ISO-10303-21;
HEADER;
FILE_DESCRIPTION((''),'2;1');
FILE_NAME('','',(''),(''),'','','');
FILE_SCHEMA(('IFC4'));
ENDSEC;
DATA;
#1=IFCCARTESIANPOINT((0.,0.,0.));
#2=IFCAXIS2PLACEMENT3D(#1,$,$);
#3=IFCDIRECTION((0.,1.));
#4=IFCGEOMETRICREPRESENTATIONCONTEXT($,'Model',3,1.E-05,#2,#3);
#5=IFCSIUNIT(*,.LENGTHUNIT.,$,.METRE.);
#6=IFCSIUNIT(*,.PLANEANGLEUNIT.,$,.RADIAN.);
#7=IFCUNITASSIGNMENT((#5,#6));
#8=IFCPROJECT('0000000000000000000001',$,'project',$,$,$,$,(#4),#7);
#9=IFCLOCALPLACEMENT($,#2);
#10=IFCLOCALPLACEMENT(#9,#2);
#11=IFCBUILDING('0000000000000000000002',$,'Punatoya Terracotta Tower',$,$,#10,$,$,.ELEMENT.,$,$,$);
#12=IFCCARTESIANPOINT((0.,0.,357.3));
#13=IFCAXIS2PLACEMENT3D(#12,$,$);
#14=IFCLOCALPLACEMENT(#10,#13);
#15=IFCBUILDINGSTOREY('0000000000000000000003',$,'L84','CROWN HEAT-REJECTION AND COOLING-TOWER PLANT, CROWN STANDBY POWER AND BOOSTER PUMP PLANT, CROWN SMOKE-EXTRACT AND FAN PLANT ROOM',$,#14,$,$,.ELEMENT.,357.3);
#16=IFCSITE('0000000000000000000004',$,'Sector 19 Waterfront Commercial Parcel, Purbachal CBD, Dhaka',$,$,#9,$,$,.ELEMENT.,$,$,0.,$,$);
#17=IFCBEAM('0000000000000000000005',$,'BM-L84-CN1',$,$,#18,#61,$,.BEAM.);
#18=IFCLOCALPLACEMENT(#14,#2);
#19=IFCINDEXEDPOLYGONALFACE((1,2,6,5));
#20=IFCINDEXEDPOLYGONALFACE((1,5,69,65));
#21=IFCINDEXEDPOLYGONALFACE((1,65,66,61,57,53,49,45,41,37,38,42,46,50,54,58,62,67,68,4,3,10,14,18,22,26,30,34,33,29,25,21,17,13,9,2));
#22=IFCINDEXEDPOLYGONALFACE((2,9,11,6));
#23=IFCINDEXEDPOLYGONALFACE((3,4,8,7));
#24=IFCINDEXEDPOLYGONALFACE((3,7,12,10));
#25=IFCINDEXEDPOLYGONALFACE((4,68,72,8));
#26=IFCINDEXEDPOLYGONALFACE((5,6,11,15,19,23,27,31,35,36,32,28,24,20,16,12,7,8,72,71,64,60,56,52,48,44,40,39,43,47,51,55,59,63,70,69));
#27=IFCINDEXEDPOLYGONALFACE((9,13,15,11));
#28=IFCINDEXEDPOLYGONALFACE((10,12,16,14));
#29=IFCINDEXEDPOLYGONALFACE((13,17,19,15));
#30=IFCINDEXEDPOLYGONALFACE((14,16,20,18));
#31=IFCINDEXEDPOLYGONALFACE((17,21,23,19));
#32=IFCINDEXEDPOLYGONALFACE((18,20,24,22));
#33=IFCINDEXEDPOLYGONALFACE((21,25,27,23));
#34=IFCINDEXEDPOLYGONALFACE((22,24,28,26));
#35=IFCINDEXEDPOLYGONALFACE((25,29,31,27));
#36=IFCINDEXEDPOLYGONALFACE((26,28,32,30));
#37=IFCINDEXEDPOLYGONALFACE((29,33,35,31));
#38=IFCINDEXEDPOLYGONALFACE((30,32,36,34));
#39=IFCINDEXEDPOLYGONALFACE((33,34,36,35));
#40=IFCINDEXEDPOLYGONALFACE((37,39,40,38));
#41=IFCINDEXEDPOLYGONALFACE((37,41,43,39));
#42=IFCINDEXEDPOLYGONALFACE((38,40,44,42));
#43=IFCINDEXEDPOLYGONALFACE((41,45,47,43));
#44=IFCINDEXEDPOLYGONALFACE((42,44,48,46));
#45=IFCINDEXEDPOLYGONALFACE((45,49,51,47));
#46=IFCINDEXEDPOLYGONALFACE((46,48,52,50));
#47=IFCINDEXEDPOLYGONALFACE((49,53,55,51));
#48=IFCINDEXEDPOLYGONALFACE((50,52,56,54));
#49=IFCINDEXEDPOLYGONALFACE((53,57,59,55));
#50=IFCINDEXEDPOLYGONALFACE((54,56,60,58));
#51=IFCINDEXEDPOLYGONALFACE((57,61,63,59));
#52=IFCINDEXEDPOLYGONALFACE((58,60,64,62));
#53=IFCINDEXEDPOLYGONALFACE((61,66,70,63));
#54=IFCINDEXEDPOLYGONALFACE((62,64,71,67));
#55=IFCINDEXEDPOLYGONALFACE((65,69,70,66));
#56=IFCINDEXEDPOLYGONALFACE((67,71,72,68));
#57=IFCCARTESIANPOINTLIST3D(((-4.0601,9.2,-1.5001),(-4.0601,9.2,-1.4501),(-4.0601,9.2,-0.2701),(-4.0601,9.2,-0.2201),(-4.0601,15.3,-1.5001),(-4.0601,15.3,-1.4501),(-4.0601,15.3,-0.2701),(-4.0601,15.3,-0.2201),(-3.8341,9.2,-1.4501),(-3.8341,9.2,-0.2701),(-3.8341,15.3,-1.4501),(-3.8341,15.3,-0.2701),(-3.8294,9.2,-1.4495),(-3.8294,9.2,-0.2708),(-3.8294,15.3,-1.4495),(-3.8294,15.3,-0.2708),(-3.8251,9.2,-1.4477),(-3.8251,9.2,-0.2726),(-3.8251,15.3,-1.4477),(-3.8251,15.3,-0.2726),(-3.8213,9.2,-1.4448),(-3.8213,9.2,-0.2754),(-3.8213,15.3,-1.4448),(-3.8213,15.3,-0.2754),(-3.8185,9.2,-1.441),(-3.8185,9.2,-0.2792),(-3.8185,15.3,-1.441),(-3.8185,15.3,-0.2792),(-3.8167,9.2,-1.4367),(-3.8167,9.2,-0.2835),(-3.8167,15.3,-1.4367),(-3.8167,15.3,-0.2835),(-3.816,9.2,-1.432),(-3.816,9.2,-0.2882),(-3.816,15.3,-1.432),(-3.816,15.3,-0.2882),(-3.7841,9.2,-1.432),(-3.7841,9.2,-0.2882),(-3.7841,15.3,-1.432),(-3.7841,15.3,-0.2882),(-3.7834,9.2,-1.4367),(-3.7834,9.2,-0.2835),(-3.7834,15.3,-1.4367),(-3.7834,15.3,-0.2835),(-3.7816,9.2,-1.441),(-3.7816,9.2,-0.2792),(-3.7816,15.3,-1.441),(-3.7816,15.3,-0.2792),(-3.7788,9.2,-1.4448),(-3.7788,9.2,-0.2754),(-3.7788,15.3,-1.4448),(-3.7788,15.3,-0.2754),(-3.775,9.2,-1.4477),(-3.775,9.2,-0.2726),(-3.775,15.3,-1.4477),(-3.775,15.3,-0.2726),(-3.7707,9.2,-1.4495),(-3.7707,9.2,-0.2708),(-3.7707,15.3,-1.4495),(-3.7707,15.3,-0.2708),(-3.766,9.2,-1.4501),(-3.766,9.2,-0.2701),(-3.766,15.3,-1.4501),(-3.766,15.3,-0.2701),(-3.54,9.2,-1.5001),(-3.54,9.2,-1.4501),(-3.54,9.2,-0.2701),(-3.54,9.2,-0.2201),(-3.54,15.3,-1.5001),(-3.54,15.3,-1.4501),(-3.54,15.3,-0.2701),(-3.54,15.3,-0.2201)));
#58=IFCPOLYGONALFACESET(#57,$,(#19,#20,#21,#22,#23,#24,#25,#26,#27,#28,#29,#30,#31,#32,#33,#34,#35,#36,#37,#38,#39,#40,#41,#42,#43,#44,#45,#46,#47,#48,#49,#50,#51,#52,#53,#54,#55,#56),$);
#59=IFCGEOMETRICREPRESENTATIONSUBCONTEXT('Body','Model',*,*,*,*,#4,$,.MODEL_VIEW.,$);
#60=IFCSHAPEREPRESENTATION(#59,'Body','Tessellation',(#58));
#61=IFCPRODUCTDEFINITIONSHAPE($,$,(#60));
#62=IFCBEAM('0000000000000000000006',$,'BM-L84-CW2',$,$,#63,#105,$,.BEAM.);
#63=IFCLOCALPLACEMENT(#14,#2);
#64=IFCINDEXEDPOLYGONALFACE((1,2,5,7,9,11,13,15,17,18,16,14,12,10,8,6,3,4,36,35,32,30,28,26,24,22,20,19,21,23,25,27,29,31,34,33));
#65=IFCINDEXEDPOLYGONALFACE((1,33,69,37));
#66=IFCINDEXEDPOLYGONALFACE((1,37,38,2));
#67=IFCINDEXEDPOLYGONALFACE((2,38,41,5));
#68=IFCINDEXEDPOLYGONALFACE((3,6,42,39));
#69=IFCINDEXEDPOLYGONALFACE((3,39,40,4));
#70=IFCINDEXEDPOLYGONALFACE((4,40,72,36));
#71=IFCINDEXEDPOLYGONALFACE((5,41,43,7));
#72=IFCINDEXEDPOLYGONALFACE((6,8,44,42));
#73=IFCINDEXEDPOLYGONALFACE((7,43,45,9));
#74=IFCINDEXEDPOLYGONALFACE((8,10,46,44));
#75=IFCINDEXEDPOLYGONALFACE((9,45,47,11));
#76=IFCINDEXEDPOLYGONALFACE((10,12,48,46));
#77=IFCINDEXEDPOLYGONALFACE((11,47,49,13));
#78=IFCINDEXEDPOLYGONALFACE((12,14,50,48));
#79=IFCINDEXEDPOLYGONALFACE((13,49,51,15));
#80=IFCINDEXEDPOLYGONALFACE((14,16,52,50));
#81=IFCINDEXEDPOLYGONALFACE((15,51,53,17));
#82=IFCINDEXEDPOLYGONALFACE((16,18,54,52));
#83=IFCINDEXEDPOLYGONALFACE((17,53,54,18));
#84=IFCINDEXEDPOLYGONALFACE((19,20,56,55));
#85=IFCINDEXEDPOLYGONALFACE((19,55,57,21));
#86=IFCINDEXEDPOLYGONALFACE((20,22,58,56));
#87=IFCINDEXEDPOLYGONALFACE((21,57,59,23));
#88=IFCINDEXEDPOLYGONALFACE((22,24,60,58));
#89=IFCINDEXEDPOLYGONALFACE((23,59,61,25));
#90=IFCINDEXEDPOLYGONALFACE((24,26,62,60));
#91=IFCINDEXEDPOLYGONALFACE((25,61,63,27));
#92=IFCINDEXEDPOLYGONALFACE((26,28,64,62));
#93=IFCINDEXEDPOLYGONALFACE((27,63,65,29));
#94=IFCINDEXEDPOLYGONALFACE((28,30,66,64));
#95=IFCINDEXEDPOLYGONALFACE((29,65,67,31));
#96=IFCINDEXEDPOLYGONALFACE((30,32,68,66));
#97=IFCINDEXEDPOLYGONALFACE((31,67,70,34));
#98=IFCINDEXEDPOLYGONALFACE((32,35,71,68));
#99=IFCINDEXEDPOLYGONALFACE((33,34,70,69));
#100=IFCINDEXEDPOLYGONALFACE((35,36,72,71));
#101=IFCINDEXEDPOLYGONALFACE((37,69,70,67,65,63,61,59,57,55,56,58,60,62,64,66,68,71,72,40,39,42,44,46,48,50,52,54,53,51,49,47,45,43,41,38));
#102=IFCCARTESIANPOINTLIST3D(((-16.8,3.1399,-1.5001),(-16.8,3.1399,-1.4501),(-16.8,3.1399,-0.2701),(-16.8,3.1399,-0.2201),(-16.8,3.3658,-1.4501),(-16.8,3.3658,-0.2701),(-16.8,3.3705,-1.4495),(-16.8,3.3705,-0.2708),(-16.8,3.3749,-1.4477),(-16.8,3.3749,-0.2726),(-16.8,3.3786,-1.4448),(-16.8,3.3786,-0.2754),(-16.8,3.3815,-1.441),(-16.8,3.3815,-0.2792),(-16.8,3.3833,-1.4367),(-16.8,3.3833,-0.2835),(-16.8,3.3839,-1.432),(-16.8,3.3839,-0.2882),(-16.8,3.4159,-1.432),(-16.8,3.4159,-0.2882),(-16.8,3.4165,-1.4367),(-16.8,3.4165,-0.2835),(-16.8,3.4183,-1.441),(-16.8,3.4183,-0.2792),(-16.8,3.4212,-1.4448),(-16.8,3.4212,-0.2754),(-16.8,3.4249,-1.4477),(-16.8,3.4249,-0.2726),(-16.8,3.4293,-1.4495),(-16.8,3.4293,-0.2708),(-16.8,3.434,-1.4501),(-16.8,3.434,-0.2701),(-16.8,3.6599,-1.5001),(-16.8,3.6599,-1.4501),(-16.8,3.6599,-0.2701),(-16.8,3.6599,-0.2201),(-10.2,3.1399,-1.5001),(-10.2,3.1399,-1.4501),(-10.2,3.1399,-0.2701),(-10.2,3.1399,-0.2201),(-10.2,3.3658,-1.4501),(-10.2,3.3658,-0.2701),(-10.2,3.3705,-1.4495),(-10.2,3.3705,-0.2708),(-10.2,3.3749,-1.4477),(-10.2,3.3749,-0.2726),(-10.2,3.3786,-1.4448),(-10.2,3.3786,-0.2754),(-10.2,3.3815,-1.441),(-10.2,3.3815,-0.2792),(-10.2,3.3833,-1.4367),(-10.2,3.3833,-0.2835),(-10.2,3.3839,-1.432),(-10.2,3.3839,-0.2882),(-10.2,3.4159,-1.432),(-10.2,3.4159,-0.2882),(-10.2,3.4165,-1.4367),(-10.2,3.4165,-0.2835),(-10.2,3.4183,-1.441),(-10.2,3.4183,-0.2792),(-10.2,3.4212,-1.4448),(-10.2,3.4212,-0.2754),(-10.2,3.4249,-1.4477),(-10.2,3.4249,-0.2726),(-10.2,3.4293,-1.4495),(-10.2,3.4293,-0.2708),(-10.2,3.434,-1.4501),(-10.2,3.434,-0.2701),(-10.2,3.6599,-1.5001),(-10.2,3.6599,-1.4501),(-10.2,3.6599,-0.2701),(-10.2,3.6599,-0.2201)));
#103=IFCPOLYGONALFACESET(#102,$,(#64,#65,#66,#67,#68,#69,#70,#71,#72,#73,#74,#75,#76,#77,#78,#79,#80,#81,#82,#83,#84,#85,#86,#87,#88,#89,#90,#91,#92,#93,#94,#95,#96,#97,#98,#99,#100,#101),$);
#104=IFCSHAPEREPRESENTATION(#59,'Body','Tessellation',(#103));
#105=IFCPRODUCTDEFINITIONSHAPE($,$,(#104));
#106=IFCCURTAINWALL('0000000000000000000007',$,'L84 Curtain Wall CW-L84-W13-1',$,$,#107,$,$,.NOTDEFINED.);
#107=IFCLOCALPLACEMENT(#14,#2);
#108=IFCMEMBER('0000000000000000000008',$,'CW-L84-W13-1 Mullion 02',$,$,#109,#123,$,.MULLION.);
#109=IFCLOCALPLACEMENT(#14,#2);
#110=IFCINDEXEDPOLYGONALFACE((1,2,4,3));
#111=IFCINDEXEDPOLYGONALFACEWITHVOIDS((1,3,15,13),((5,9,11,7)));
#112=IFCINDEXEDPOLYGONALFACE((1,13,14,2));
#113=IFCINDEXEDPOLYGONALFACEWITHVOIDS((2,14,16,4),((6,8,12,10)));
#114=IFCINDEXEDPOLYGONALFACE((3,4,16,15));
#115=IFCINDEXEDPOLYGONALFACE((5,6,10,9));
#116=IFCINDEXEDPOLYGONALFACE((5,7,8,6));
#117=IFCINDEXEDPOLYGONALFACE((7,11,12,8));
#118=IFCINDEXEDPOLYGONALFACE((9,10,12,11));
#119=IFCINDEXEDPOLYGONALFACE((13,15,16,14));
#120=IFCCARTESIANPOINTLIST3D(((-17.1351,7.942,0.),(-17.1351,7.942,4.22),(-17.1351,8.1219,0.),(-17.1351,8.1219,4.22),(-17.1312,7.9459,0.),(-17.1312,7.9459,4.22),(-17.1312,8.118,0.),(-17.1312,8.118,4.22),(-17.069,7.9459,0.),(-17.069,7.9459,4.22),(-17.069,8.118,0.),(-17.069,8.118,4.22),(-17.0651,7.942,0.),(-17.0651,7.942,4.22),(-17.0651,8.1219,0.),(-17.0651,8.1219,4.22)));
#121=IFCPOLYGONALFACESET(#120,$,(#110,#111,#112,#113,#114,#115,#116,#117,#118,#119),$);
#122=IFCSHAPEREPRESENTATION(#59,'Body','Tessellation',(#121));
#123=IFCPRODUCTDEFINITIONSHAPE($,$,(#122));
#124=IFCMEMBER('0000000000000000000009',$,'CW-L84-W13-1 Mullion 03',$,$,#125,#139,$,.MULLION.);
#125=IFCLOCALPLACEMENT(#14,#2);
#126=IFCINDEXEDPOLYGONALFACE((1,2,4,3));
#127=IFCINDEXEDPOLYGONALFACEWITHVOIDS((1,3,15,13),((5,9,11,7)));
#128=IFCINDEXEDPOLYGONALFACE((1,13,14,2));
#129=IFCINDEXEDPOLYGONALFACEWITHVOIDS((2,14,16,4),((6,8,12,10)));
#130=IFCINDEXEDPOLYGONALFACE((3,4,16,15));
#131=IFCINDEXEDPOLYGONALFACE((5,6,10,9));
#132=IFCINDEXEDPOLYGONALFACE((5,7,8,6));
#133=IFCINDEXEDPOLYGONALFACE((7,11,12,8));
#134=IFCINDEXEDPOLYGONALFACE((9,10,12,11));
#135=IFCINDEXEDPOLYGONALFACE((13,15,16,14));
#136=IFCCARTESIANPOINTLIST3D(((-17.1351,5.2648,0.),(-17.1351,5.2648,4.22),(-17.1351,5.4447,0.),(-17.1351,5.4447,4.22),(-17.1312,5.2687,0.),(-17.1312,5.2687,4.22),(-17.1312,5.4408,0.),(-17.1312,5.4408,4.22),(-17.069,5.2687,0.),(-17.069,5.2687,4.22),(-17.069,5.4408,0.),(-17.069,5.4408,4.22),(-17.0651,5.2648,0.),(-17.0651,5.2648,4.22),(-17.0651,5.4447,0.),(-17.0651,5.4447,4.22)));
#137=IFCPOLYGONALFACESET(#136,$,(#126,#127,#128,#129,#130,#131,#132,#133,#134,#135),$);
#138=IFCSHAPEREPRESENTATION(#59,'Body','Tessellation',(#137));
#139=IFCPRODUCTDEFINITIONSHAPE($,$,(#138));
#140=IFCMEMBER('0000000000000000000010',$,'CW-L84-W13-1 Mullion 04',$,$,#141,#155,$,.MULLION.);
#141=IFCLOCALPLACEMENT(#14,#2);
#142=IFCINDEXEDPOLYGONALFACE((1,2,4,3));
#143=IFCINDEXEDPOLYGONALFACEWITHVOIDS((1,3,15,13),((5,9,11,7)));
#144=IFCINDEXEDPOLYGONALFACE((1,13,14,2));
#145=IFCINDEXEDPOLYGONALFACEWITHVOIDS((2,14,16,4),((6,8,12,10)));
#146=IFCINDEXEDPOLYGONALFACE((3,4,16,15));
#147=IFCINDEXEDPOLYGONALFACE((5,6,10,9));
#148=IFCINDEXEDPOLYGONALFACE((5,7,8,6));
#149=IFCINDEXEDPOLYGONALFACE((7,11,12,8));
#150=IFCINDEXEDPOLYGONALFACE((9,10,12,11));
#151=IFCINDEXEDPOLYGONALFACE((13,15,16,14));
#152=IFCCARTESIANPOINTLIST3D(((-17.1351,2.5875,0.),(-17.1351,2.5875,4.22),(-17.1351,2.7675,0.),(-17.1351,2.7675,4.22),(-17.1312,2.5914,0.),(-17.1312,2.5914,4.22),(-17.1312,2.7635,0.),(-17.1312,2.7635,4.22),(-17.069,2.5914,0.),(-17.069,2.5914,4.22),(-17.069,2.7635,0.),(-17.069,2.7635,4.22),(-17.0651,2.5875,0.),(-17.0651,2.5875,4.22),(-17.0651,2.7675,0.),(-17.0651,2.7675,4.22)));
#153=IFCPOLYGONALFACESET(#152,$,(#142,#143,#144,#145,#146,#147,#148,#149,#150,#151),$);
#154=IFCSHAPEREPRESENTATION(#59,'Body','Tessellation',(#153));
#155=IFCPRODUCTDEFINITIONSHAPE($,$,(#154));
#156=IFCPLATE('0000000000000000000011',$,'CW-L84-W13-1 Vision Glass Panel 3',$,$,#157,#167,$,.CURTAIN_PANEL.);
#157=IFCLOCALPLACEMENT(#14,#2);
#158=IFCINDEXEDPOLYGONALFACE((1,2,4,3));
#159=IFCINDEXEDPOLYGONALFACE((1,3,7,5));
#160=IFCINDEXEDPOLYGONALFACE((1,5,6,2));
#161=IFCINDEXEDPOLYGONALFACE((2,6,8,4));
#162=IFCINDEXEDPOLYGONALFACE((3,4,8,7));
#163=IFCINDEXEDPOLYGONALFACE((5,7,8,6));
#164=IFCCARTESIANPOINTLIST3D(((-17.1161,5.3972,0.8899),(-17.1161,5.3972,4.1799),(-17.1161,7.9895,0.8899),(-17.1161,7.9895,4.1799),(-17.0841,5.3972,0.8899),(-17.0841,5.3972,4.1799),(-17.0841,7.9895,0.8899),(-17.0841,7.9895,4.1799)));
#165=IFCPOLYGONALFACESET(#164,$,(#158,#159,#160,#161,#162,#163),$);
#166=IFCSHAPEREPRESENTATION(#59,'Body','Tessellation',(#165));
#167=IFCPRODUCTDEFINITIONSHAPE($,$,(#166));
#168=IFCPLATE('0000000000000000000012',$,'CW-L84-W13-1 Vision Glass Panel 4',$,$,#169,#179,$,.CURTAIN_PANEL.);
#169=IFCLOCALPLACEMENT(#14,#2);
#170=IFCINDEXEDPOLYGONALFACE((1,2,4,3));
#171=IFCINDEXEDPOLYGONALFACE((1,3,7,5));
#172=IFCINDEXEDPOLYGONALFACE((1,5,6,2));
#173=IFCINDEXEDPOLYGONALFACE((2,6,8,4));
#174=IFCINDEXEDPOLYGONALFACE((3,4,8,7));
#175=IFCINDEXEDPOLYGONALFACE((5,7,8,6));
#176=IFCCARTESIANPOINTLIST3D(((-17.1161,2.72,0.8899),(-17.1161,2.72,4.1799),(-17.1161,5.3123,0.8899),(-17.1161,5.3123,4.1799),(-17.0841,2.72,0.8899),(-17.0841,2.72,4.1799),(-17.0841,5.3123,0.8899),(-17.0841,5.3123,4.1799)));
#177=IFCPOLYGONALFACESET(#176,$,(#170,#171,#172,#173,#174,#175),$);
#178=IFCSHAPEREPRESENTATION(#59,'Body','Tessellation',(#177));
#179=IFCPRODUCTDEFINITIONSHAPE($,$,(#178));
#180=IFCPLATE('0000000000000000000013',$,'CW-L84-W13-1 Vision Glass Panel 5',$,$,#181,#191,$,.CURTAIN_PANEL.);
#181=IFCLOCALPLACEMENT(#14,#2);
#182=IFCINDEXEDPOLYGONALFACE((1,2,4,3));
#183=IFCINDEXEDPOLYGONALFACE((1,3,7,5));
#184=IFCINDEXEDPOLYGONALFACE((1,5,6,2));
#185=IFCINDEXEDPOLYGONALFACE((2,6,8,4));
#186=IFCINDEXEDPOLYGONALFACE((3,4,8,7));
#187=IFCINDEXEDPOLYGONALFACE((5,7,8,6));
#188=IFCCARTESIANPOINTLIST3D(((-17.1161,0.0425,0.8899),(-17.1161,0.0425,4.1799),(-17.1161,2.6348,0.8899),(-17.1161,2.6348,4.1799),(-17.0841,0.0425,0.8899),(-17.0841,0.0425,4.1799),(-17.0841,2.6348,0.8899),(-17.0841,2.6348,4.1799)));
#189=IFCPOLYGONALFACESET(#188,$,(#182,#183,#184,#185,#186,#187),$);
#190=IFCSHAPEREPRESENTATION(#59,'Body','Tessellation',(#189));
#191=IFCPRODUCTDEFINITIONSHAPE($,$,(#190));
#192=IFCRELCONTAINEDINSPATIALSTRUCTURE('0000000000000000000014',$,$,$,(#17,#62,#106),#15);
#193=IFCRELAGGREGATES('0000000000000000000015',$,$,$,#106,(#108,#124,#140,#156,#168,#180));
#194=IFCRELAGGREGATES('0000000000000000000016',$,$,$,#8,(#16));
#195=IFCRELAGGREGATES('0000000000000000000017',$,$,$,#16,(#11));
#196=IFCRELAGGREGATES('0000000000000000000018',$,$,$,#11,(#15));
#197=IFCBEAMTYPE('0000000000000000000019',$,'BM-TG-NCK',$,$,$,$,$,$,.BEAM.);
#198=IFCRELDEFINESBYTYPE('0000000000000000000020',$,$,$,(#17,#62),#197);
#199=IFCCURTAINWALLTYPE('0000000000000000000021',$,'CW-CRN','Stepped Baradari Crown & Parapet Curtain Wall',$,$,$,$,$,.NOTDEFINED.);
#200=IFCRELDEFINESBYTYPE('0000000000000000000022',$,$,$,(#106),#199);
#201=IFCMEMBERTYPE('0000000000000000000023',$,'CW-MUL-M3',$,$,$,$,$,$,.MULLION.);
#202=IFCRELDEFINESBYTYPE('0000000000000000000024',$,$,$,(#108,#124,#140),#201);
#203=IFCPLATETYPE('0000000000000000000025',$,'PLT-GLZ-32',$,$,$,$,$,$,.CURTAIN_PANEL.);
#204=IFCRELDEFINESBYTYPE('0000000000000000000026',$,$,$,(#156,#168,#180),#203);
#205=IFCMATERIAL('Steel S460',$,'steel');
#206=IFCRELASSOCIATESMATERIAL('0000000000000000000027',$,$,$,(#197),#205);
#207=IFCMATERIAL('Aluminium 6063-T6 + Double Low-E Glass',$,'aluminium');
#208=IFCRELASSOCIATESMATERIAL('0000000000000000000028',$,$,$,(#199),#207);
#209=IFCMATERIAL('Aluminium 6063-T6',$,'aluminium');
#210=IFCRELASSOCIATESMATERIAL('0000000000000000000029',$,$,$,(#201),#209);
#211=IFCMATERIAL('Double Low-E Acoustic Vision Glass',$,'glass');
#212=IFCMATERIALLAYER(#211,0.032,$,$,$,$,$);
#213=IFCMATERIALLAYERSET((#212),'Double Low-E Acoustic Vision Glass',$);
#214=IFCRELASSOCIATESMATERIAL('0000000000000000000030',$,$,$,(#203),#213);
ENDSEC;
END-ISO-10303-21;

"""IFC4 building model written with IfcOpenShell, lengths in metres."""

from ifc_helpers import new_model, si_unit, direction, frame, origin, origin_2d, place, context, subcontext, project, spatial, rectangle, hollow_rectangle, i_section, extrude, material, layer, layer_set, material_profile, profile_set, type_object, element, aggregate, save


model = new_model("IFC4")

# Units and contexts
model_context = context("Model", 3, precision=1e-05, world=origin(), true_north=direction((0.0, 1.0)))
body_context = subcontext(model_context, "Body", "Model", "MODEL_VIEW")
ifc_project = project(units=[si_unit("LENGTHUNIT", "METRE"), si_unit("PLANEANGLEUNIT", "RADIAN")], contexts=[model_context])

# Site, building, storey
site_placement = place(None, origin())
site = spatial("IfcSite", under=ifc_project, at=site_placement, Name="Sector 19 Waterfront Commercial Parcel, Purbachal CBD, Dhaka", CompositionType="ELEMENT", RefElevation=0.0)
building_placement = place(site_placement, origin())
building = spatial("IfcBuilding", under=site, at=building_placement, Name="Punatoya Terracotta Tower", CompositionType="ELEMENT")
storey_placement = place(building_placement, frame((0.0, 0.0, 357.3)))
storey = spatial("IfcBuildingStorey", under=building, at=storey_placement, Name="L84", Description="CROWN HEAT-REJECTION AND COOLING-TOWER PLANT, CROWN STANDBY POWER AND BOOSTER PUMP PLANT, CROWN SMOKE-EXTRACT AND FAN PLANT ROOM", CompositionType="ELEMENT", Elevation=357.3)

# Beams
ifc_material_1 = material(Name="Steel S460", Category="steel")
ifc_material_profile_1 = material_profile(ifc_material_1, i_section(OverallWidth=0.52, OverallDepth=1.28, WebThickness=0.032, FlangeThickness=0.05, FilletRadius=0.0181, at=origin_2d()))
ifc_profile_set_1 = profile_set([ifc_material_profile_1], Name="Steel S460")
beam_type_1 = type_object("IfcBeamType", Name="BM-TG-NCK", PredefinedType="BEAM", material=ifc_profile_set_1)
beam_1_placement = place(storey_placement, frame((-3.8, 9.2, -0.8601), z_axis=(0.0, 1.0, 0.0), x_axis=(-1.0, 0.0, 0.0)))
element("IfcBeam", 1, at=beam_1_placement, inside=storey, type_object=beam_type_1, Name="BM-L84-CN1", PredefinedType="BEAM", context=body_context, shape_type="SweptSolid", body=[
    extrude(i_section(OverallWidth=0.52, OverallDepth=1.28, WebThickness=0.032, FlangeThickness=0.05, FilletRadius=0.0181, at=origin_2d()), origin(), (0.0, 0.0, 1.0), 6.1001),
])
beam_2_placement = place(storey_placement, frame((-16.8, 3.3999, -0.8601), z_axis=(1.0, 0.0, 0.0), x_axis=(0.0, 1.0, 0.0)))
element("IfcBeam", 2, at=beam_2_placement, inside=storey, type_object=beam_type_1, Name="BM-L84-CW2", PredefinedType="BEAM", context=body_context, shape_type="SweptSolid", body=[
    extrude(i_section(OverallWidth=0.52, OverallDepth=1.28, WebThickness=0.032, FlangeThickness=0.05, FilletRadius=0.0181, at=origin_2d()), origin(), (0.0, 0.0, 1.0), 6.6001),
])

# Curtain wall, members, plates
ifc_material_2 = material(Name="Aluminium 6063-T6 + Double Low-E Glass", Category="aluminium")
curtain_wall_type = type_object("IfcCurtainWallType", Name="CW-CRN", Description="Stepped Baradari Crown & Parapet Curtain Wall", PredefinedType="NOTDEFINED", material=ifc_material_2)
curtain_wall_placement = place(storey_placement, origin())
curtain_wall = element("IfcCurtainWall", 3, at=curtain_wall_placement, inside=storey, type_object=curtain_wall_type, Name="L84 Curtain Wall CW-L84-W13-1", PredefinedType="NOTDEFINED")
ifc_material_3 = material(Name="Aluminium 6063-T6", Category="aluminium")
ifc_material_profile_2 = material_profile(ifc_material_3, hollow_rectangle(XDim=0.0701, YDim=0.1799, WallThickness=0.0039, at=origin_2d()))
ifc_profile_set_2 = profile_set([ifc_material_profile_2], Name="Aluminium 6063-T6")
member_type = type_object("IfcMemberType", Name="CW-MUL-M3", PredefinedType="MULLION", material=ifc_profile_set_2)
member_1_placement = place(storey_placement, frame((-17.1001, 8.032, 0.0), z_axis=(0.0, 0.0, 1.0), x_axis=(1.0, 0.0, 0.0)))
member_1 = element("IfcMember", 4, at=member_1_placement, type_object=member_type, Name="CW-L84-W13-1 Mullion 02", PredefinedType="MULLION", context=body_context, shape_type="SweptSolid", body=[
    extrude(hollow_rectangle(XDim=0.0701, YDim=0.1799, WallThickness=0.0039, at=origin_2d()), origin(), (0.0, 0.0, 1.0), 4.22),
])
member_2_placement = place(storey_placement, frame((-17.1001, 5.3547, 0.0), z_axis=(0.0, 0.0, 1.0), x_axis=(1.0, 0.0, 0.0)))
member_2 = element("IfcMember", 5, at=member_2_placement, type_object=member_type, Name="CW-L84-W13-1 Mullion 03", PredefinedType="MULLION", context=body_context, shape_type="SweptSolid", body=[
    extrude(hollow_rectangle(XDim=0.0701, YDim=0.1799, WallThickness=0.0039, at=origin_2d()), origin(), (0.0, 0.0, 1.0), 4.22),
])
member_3_placement = place(storey_placement, frame((-17.1001, 2.6775, 0.0), z_axis=(0.0, 0.0, 1.0), x_axis=(1.0, 0.0, 0.0)))
member_3 = element("IfcMember", 6, at=member_3_placement, type_object=member_type, Name="CW-L84-W13-1 Mullion 04", PredefinedType="MULLION", context=body_context, shape_type="SweptSolid", body=[
    extrude(hollow_rectangle(XDim=0.0701, YDim=0.1799, WallThickness=0.0039, at=origin_2d()), origin(), (0.0, 0.0, 1.0), 4.22),
])
ifc_material_4 = material(Name="Double Low-E Acoustic Vision Glass", Category="glass")
ifc_layer_1 = layer(ifc_material_4, 0.032)
ifc_layer_set_1 = layer_set([ifc_layer_1], Name="Double Low-E Acoustic Vision Glass")
plate_type_1 = type_object("IfcPlateType", Name="PLT-GLZ-32", PredefinedType="CURTAIN_PANEL", material=ifc_layer_set_1)
plate_1_placement = place(storey_placement, frame((-17.1001, 6.6934, 0.8899), z_axis=(0.0, 0.0, 1.0), x_axis=(0.0, -1.0, 0.0)))
plate_1 = element("IfcPlate", 7, at=plate_1_placement, type_object=plate_type_1, Name="CW-L84-W13-1 Vision Glass Panel 3", PredefinedType="CURTAIN_PANEL", context=body_context, shape_type="SweptSolid", body=[
    extrude(rectangle(XDim=2.5923, YDim=0.032, at=origin_2d()), origin(), (0.0, 0.0, 1.0), 3.29),
])
plate_2_placement = place(storey_placement, frame((-17.1001, 4.0161, 0.8899), z_axis=(0.0, 0.0, 1.0), x_axis=(0.0, -1.0, 0.0)))
plate_2 = element("IfcPlate", 8, at=plate_2_placement, type_object=plate_type_1, Name="CW-L84-W13-1 Vision Glass Panel 4", PredefinedType="CURTAIN_PANEL", context=body_context, shape_type="SweptSolid", body=[
    extrude(rectangle(XDim=2.5923, YDim=0.032, at=origin_2d()), origin(), (0.0, 0.0, 1.0), 3.29),
])
plate_3_placement = place(storey_placement, frame((-17.1001, 1.3386, 0.8899), z_axis=(0.0, 0.0, 1.0), x_axis=(0.0, -1.0, 0.0)))
plate_3 = element("IfcPlate", 9, at=plate_3_placement, type_object=plate_type_1, Name="CW-L84-W13-1 Vision Glass Panel 5", PredefinedType="CURTAIN_PANEL", context=body_context, shape_type="SweptSolid", body=[
    extrude(rectangle(XDim=2.5923, YDim=0.032, at=origin_2d()), origin(), (0.0, 0.0, 1.0), 3.29),
])
aggregate(curtain_wall, [member_1, member_2, member_3, plate_1, plate_2, plate_3])

save(model, "model.ifc")
